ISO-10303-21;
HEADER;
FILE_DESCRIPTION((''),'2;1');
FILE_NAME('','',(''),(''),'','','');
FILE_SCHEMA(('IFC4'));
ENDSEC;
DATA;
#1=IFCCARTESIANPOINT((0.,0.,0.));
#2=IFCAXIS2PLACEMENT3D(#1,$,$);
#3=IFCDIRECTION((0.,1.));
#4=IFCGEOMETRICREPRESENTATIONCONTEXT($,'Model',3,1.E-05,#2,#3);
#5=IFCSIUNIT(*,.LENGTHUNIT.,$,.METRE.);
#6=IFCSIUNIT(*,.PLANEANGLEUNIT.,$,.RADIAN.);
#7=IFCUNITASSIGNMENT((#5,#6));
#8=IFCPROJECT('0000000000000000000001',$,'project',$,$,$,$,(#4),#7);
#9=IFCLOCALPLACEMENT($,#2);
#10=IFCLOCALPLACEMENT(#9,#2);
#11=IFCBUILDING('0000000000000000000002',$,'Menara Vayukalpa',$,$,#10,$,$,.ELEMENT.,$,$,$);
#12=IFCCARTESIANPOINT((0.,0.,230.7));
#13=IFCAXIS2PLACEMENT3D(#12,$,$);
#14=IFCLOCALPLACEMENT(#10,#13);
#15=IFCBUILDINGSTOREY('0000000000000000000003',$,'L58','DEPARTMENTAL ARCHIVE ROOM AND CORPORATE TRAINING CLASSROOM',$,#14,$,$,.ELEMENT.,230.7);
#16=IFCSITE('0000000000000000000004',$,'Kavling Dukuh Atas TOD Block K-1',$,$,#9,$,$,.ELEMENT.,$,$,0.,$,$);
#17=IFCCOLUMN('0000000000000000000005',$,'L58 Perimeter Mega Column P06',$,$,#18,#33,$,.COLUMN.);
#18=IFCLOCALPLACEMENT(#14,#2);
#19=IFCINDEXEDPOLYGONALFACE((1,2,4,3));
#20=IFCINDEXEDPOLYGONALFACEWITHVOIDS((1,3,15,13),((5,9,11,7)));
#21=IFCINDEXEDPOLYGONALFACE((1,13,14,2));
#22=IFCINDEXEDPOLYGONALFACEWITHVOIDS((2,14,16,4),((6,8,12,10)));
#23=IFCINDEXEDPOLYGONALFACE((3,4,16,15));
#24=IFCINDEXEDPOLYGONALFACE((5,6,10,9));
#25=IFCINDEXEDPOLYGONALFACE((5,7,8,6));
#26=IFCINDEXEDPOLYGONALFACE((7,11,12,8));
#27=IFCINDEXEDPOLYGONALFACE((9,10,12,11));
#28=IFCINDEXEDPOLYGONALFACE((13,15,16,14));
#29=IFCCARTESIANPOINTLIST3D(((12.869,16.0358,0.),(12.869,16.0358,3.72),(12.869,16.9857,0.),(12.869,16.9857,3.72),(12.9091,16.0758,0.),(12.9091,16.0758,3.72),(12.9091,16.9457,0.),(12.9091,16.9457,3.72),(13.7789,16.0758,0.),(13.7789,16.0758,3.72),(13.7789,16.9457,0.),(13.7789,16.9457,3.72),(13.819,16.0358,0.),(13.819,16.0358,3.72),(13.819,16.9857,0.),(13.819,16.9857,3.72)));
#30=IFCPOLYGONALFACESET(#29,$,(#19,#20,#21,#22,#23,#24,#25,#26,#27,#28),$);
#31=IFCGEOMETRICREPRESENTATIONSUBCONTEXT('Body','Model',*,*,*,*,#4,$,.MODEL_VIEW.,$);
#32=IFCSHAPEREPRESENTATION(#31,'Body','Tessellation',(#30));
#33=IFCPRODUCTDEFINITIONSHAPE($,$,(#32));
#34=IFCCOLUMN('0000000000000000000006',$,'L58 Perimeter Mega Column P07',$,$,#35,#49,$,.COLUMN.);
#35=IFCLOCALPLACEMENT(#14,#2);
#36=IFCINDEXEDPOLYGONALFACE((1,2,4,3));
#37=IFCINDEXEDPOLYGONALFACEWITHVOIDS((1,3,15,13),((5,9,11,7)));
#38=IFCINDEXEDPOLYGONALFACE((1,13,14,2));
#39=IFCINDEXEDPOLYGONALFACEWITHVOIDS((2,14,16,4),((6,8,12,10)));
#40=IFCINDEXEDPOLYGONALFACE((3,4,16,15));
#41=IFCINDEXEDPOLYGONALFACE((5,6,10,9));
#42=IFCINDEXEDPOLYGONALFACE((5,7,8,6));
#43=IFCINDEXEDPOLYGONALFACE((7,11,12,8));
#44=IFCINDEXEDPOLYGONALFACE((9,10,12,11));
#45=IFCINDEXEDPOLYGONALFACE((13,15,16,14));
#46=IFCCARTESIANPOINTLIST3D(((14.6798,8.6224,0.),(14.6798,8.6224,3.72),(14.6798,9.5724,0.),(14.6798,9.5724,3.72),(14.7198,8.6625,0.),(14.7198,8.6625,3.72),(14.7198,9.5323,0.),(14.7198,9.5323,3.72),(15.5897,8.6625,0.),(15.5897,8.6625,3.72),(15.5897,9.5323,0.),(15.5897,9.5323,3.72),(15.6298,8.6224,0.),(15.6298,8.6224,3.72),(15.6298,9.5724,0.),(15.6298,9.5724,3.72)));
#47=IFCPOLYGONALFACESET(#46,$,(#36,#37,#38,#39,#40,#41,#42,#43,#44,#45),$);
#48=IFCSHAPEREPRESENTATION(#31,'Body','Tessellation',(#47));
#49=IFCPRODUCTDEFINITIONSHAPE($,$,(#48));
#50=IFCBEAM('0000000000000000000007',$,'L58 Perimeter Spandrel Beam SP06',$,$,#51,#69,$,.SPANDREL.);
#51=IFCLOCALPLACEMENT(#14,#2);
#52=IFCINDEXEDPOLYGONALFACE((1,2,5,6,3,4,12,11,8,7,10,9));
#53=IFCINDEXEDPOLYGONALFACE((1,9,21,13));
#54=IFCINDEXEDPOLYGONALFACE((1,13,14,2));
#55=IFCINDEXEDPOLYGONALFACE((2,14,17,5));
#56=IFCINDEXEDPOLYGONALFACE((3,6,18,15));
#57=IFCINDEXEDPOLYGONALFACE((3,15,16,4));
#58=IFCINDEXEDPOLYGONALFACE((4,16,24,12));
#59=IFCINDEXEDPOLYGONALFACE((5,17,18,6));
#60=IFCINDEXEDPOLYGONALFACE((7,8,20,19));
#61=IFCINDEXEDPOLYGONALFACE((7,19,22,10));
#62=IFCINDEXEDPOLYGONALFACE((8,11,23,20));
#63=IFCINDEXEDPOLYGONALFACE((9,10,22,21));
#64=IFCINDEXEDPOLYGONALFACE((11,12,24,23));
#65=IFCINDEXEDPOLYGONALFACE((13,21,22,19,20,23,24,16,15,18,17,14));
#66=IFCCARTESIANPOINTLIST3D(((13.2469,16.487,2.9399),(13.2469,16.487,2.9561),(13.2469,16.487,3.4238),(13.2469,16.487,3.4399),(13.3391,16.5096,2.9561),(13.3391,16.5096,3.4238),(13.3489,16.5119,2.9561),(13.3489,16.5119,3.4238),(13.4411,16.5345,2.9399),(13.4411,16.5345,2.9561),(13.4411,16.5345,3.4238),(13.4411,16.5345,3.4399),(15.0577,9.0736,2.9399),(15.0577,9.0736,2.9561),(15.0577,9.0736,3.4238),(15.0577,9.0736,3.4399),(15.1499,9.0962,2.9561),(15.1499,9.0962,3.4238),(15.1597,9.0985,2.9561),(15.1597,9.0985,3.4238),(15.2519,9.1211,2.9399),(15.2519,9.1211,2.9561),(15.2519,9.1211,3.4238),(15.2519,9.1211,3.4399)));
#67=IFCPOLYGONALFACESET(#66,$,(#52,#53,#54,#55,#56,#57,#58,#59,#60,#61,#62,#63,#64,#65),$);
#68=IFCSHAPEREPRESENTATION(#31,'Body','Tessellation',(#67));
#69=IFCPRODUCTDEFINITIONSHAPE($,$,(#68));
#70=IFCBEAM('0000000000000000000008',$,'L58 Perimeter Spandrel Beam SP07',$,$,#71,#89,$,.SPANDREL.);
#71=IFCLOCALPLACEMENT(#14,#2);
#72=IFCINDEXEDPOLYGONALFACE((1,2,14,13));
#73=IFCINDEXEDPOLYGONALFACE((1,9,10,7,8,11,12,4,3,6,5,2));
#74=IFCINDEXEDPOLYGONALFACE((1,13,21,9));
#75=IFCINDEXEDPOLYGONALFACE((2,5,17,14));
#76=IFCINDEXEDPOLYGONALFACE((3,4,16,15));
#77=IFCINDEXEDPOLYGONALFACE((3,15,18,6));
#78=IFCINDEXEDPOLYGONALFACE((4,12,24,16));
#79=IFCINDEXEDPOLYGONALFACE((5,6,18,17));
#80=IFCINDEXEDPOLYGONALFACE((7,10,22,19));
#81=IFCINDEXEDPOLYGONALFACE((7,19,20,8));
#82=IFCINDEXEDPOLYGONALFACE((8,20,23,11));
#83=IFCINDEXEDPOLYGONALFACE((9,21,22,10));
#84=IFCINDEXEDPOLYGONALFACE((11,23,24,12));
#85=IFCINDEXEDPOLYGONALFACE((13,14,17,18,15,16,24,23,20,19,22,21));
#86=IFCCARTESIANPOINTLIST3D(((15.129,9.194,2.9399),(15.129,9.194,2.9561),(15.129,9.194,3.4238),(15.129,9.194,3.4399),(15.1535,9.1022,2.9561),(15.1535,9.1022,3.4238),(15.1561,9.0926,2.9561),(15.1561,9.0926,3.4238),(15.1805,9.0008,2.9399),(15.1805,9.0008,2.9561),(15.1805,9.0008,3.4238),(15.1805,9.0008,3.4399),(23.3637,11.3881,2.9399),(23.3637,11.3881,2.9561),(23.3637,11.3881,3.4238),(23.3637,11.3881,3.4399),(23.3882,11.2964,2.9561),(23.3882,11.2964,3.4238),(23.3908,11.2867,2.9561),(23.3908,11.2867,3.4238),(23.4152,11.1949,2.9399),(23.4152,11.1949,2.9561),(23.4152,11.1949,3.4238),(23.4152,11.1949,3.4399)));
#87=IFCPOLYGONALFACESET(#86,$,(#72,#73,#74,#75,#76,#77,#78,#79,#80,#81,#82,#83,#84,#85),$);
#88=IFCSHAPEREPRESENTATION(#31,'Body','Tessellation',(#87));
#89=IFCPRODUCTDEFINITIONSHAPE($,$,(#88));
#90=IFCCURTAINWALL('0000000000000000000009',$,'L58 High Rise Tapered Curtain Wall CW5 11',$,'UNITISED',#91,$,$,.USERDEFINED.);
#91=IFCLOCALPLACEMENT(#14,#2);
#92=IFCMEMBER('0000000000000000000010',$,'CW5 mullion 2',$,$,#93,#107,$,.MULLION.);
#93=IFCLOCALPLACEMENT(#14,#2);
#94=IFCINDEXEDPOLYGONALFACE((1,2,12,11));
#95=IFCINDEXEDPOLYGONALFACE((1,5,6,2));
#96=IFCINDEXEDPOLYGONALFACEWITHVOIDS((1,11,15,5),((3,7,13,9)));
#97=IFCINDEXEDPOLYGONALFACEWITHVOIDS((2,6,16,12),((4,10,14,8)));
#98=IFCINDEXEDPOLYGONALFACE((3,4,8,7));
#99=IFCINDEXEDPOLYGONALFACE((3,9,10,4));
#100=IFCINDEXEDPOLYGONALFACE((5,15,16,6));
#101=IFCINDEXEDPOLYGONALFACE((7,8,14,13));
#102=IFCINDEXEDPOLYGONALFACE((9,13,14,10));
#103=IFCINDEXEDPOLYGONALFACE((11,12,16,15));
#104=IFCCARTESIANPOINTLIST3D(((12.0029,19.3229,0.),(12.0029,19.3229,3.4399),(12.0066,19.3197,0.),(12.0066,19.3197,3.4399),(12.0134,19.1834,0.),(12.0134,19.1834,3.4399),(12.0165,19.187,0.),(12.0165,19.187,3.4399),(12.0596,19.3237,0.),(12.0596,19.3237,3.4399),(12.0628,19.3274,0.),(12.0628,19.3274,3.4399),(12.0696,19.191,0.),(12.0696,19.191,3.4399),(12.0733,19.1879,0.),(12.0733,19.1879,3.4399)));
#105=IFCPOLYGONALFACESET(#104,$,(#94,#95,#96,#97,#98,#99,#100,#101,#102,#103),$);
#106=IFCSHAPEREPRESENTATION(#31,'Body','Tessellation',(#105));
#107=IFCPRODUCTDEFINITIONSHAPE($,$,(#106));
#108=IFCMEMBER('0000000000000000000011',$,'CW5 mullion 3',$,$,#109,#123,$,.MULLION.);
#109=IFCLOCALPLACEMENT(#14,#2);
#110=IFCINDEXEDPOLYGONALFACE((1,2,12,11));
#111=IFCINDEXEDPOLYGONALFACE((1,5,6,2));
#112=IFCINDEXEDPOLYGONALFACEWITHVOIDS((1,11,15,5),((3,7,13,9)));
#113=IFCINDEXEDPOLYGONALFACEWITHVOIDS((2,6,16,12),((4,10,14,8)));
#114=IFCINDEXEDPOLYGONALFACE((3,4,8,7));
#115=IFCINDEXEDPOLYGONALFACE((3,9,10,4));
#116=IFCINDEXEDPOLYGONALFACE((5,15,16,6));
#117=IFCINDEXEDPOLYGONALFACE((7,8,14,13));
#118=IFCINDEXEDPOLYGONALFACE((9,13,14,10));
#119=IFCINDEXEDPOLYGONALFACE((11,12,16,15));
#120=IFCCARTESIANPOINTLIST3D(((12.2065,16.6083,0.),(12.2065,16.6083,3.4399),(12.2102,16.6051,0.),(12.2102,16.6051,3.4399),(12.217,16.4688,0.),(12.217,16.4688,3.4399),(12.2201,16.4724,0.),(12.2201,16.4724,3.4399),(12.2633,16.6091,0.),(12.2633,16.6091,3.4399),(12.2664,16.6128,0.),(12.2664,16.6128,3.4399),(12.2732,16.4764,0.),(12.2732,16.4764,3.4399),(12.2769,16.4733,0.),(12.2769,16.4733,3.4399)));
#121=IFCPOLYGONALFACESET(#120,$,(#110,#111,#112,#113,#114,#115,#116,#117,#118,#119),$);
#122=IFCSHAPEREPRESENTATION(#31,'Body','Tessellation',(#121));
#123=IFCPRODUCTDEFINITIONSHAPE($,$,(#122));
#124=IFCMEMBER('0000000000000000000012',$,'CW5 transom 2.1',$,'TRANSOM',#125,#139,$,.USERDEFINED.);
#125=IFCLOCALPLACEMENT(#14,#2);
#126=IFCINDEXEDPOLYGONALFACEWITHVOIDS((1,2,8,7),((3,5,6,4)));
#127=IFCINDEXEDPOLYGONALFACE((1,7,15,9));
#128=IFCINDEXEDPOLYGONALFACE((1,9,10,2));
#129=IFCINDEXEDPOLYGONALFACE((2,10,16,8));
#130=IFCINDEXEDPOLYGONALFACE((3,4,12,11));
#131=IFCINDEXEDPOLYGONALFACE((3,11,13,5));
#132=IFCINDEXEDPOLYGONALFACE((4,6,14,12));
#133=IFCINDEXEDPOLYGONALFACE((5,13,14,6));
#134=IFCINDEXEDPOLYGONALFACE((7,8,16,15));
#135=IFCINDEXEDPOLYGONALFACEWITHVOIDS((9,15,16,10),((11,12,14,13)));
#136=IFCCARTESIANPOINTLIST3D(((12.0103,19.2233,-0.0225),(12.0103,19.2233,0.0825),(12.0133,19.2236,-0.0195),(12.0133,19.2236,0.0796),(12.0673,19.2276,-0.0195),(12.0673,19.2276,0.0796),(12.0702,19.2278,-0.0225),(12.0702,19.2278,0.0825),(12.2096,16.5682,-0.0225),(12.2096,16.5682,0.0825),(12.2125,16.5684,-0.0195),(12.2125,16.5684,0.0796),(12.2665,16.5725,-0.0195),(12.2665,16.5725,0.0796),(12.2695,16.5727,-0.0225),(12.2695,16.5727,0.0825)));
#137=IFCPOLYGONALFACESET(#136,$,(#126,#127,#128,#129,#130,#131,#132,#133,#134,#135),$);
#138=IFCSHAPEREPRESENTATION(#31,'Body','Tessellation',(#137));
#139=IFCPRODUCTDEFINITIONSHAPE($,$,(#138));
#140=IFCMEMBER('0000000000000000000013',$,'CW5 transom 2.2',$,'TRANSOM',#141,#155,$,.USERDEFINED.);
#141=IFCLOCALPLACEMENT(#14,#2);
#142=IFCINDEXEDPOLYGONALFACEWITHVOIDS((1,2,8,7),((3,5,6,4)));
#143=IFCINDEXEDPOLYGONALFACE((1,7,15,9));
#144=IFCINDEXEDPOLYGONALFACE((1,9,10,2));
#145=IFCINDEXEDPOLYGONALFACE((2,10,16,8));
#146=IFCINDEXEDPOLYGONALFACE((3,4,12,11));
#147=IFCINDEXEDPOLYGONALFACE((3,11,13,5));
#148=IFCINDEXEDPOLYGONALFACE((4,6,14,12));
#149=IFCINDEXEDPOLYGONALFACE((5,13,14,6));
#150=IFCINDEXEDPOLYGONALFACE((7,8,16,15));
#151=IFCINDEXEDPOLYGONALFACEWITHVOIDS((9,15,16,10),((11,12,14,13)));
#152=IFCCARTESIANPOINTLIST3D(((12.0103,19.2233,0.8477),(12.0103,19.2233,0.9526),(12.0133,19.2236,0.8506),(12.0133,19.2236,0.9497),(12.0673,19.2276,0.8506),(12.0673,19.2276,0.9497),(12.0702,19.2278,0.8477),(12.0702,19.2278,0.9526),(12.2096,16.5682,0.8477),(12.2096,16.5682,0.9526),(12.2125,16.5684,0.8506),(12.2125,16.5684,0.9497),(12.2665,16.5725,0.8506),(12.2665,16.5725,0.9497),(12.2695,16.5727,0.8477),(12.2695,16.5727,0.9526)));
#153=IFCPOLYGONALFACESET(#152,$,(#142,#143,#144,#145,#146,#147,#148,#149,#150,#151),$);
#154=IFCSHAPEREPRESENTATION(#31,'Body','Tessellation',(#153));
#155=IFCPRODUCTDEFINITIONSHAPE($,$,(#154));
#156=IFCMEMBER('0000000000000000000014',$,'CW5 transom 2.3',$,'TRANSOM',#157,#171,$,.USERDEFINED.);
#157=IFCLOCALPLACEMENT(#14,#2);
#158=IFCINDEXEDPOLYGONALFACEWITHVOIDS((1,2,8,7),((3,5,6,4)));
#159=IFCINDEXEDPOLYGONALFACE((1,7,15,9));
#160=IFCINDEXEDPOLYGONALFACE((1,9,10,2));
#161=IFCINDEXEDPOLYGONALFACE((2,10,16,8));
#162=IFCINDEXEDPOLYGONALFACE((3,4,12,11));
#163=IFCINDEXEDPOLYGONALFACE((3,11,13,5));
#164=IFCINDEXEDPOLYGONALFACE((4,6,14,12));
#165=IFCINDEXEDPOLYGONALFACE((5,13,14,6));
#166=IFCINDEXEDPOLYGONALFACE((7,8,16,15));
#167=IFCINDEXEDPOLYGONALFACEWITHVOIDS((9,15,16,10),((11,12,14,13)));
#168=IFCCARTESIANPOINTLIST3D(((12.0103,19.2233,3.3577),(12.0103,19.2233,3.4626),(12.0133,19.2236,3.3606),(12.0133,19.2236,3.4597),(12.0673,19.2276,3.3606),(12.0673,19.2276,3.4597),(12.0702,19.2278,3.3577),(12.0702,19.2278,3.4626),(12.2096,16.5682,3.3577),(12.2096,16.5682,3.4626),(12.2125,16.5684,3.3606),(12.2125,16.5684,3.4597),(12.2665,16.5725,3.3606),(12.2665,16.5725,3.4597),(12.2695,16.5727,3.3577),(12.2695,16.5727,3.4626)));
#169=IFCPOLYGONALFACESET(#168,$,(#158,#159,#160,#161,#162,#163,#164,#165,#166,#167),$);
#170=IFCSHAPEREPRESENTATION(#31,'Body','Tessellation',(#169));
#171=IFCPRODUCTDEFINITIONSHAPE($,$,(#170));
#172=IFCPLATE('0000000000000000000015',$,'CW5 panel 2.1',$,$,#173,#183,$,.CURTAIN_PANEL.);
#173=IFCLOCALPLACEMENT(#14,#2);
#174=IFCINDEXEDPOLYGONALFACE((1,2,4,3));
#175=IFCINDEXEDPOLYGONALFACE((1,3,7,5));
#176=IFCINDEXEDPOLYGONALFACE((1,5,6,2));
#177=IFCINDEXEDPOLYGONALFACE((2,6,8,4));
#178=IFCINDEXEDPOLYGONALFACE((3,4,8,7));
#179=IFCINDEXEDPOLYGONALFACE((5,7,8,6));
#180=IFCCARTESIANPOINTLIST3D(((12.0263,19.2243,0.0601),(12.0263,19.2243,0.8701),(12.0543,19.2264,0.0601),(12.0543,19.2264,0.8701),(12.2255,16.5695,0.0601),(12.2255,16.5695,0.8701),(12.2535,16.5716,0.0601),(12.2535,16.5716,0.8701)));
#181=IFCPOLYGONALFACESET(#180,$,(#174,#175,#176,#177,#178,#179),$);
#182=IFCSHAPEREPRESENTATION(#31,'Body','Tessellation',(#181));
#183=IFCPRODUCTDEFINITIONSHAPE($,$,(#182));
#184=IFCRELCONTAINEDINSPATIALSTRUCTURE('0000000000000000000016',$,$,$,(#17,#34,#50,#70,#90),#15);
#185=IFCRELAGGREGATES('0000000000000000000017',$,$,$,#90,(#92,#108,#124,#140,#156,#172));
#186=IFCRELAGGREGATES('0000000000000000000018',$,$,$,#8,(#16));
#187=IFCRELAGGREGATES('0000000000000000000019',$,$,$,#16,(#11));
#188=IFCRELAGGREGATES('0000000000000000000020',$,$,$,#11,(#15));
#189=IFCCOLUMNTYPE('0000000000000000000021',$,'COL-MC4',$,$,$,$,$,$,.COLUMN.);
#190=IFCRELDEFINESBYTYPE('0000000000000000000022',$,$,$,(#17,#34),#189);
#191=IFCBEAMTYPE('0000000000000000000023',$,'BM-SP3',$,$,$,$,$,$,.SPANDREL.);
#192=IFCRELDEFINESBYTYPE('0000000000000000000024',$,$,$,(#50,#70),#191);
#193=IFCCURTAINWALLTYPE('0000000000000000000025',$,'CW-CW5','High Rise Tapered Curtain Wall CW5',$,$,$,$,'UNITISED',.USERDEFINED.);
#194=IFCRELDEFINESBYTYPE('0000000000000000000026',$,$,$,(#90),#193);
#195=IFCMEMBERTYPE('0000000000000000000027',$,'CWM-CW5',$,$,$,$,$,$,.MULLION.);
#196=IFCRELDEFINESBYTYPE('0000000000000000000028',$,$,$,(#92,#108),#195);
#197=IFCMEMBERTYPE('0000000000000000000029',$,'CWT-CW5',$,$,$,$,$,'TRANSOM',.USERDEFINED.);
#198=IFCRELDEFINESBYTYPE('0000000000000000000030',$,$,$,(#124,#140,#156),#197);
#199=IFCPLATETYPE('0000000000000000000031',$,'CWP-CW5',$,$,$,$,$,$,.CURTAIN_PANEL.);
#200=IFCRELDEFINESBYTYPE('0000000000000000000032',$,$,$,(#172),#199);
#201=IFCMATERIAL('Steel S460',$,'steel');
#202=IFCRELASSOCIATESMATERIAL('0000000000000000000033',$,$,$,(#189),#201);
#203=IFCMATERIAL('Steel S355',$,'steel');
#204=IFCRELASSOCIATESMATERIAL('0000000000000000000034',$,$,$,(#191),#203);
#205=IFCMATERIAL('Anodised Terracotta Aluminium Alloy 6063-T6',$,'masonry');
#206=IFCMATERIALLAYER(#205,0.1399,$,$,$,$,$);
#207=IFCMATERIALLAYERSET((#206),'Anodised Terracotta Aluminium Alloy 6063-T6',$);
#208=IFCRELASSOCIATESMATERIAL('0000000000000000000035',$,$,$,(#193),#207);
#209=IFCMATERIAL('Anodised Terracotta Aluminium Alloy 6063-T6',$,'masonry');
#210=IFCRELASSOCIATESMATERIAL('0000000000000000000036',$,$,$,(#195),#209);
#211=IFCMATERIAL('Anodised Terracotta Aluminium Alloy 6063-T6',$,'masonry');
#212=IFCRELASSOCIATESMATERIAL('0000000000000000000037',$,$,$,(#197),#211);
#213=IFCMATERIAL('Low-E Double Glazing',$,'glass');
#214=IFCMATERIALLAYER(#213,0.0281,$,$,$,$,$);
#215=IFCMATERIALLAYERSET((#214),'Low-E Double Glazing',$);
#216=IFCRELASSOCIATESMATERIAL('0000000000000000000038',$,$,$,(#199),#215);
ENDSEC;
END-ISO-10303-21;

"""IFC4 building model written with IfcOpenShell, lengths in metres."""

from ifc_helpers import new_model, si_unit, direction, frame, origin, origin_2d, place, context, subcontext, project, spatial, rectangle, hollow_rectangle, i_section, extrude, material, layer, layer_set, material_profile, profile_set, type_object, element, aggregate, save


model = new_model("IFC4")

# Units and contexts
model_context = context("Model", 3, precision=1e-05, world=origin(), true_north=direction((0.0, 1.0)))
body_context = subcontext(model_context, "Body", "Model", "MODEL_VIEW")
ifc_project = project(units=[si_unit("LENGTHUNIT", "METRE"), si_unit("PLANEANGLEUNIT", "RADIAN")], contexts=[model_context])

# Site, building, storey
site_placement = place(None, origin())
site = spatial("IfcSite", under=ifc_project, at=site_placement, Name="Kavling Dukuh Atas TOD Block K-1", CompositionType="ELEMENT", RefElevation=0.0)
building_placement = place(site_placement, origin())
building = spatial("IfcBuilding", under=site, at=building_placement, Name="Menara Vayukalpa", CompositionType="ELEMENT")
storey_placement = place(building_placement, frame((0.0, 0.0, 230.7)))
storey = spatial("IfcBuildingStorey", under=building, at=storey_placement, Name="L58", Description="DEPARTMENTAL ARCHIVE ROOM AND CORPORATE TRAINING CLASSROOM", CompositionType="ELEMENT", Elevation=230.7)

# Columns
ifc_material_1 = material(Name="Steel S460", Category="steel")
ifc_material_profile_1 = material_profile(ifc_material_1, hollow_rectangle(XDim=0.95, YDim=0.95, WallThickness=0.04, at=origin_2d()), Name="BOX 950x950x40")
ifc_profile_set_1 = profile_set([ifc_material_profile_1], Name="Steel S460")
column_type = type_object("IfcColumnType", Name="COL-MC4", PredefinedType="COLUMN", material=ifc_profile_set_1)
for number, where, z_axis, x_axis, name in (
    (1, (13.344, 16.5107, 0.0), (0.0, 0.0, 1.0), (1.0, 0.0, 0.0), "L58 Perimeter Mega Column P06"),
    (2, (15.1548, 9.0974, 0.0), (0.0, 0.0, 1.0), (1.0, 0.0, 0.0), "L58 Perimeter Mega Column P07"),
):
    element("IfcColumn", number, at=place(storey_placement, frame(where, z_axis=z_axis, x_axis=x_axis)), inside=storey, type_object=column_type, Name=name, PredefinedType="COLUMN", context=body_context, shape_type="SweptSolid", body=[
        extrude(hollow_rectangle(XDim=0.95, YDim=0.95, WallThickness=0.04, at=origin_2d()), origin(), (0.0, 0.0, 1.0), 3.72),
    ])

# Beams
ifc_material_2 = material(Name="Steel S355", Category="steel")
ifc_material_profile_2 = material_profile(ifc_material_2, i_section(OverallWidth=0.2, OverallDepth=0.5, WebThickness=0.01, FlangeThickness=0.0161, at=origin_2d()), Name="WF 500x200x10x16")
ifc_profile_set_2 = profile_set([ifc_material_profile_2], Name="Steel S355")
beam_type = type_object("IfcBeamType", Name="BM-SP3", PredefinedType="SPANDREL", material=ifc_profile_set_2)
beam_1_placement = place(storey_placement, frame((13.344, 16.5107, 3.1899), z_axis=(0.237285, -0.97144, 0.0), x_axis=(0.97144, 0.237285, 0.0)))
element("IfcBeam", 3, at=beam_1_placement, inside=storey, type_object=beam_type, Name="L58 Perimeter Spandrel Beam SP06", PredefinedType="SPANDREL", context=body_context, shape_type="SweptSolid", body=[
    extrude(i_section(OverallWidth=0.2, OverallDepth=0.5, WebThickness=0.01, FlangeThickness=0.0161, at=origin_2d()), origin(), (0.0, 0.0, 1.0), 7.6313),
])
beam_2_placement = place(storey_placement, frame((15.1548, 9.0974, 3.1899), z_axis=(0.966288, 0.257465, 0.0), x_axis=(-0.257465, 0.966288, 0.0)))
element("IfcBeam", 4, at=beam_2_placement, inside=storey, type_object=beam_type, Name="L58 Perimeter Spandrel Beam SP07", PredefinedType="SPANDREL", context=body_context, shape_type="SweptSolid", body=[
    extrude(i_section(OverallWidth=0.2, OverallDepth=0.5, WebThickness=0.01, FlangeThickness=0.0161, at=origin_2d()), origin(), (0.0, 0.0, 1.0), 8.522),
])

# Curtain wall, members, plate
ifc_material_3 = material(Name="Anodised Terracotta Aluminium Alloy 6063-T6", Category="masonry")
ifc_layer_1 = layer(ifc_material_3, 0.1399)
ifc_layer_set_1 = layer_set([ifc_layer_1], Name="Anodised Terracotta Aluminium Alloy 6063-T6")
curtain_wall_type = type_object("IfcCurtainWallType", Name="CW-CW5", Description="High Rise Tapered Curtain Wall CW5", ElementType="UNITISED", PredefinedType="USERDEFINED", material=ifc_layer_set_1)
curtain_wall_placement = place(storey_placement, origin())
curtain_wall = element("IfcCurtainWall", 5, at=curtain_wall_placement, inside=storey, type_object=curtain_wall_type, Name="L58 High Rise Tapered Curtain Wall CW5 11", ObjectType="UNITISED", PredefinedType="USERDEFINED")
ifc_material_4 = material(Name="Anodised Terracotta Aluminium Alloy 6063-T6", Category="masonry")
ifc_material_profile_3 = material_profile(ifc_material_4, hollow_rectangle(XDim=0.0601, YDim=0.1399, WallThickness=0.0034, at=origin_2d()), Name="ALU 60x140x3.5")
ifc_profile_set_3 = profile_set([ifc_material_profile_3], Name="Anodised Terracotta Aluminium Alloy 6063-T6")
member_type_1 = type_object("IfcMemberType", Name="CWM-CW5", PredefinedType="MULLION", material=ifc_profile_set_3)
member_1_placement = place(storey_placement, frame((12.0381, 19.2554, 0.0), z_axis=(0.0, 0.0, 1.0), x_axis=(0.997199, 0.074792, 0.0)))
member_1 = element("IfcMember", 6, at=member_1_placement, type_object=member_type_1, Name="CW5 mullion 2", PredefinedType="MULLION", context=body_context, shape_type="SweptSolid", body=[
    extrude(hollow_rectangle(XDim=0.0601, YDim=0.1399, WallThickness=0.0034, at=origin_2d()), origin(), (0.0, 0.0, 1.0), 3.4399),
])
member_2_placement = place(storey_placement, frame((12.2417, 16.5408, 0.0), z_axis=(0.0, 0.0, 1.0), x_axis=(0.997199, 0.074792, 0.0)))
member_2 = element("IfcMember", 7, at=member_2_placement, type_object=member_type_1, Name="CW5 mullion 3", PredefinedType="MULLION", context=body_context, shape_type="SweptSolid", body=[
    extrude(hollow_rectangle(XDim=0.0601, YDim=0.1399, WallThickness=0.0034, at=origin_2d()), origin(), (0.0, 0.0, 1.0), 3.4399),
])
ifc_material_5 = material(Name="Anodised Terracotta Aluminium Alloy 6063-T6", Category="masonry")
ifc_material_profile_4 = material_profile(ifc_material_5, hollow_rectangle(XDim=0.0601, YDim=0.105, WallThickness=0.0029, at=origin_2d()), Name="ALU 60x105x3")
ifc_profile_set_4 = profile_set([ifc_material_profile_4], Name="Anodised Terracotta Aluminium Alloy 6063-T6")
member_type_2 = type_object("IfcMemberType", Name="CWT-CW5", ElementType="TRANSOM", PredefinedType="USERDEFINED", material=ifc_profile_set_4)
member_3_placement = place(storey_placement, frame((12.0403, 19.2256, 0.03), z_axis=(0.074824, -0.997197, 0.0), x_axis=(0.997197, 0.074824, 0.0)))
member_3 = element("IfcMember", 8, at=member_3_placement, type_object=member_type_2, Name="CW5 transom 2.1", ObjectType="TRANSOM", PredefinedType="USERDEFINED", context=body_context, shape_type="SweptSolid", body=[
    extrude(hollow_rectangle(XDim=0.0601, YDim=0.105, WallThickness=0.0029, at=origin_2d()), origin(), (0.0, 0.0, 1.0), 2.6626),
])
member_4_placement = place(storey_placement, frame((12.0403, 19.2256, 0.9001), z_axis=(0.074824, -0.997197, 0.0), x_axis=(0.997197, 0.074824, 0.0)))
member_4 = element("IfcMember", 9, at=member_4_placement, type_object=member_type_2, Name="CW5 transom 2.2", ObjectType="TRANSOM", PredefinedType="USERDEFINED", context=body_context, shape_type="SweptSolid", body=[
    extrude(hollow_rectangle(XDim=0.0601, YDim=0.105, WallThickness=0.0029, at=origin_2d()), origin(), (0.0, 0.0, 1.0), 2.6626),
])
member_5_placement = place(storey_placement, frame((12.0403, 19.2256, 3.4102), z_axis=(0.074824, -0.997197, 0.0), x_axis=(0.997197, 0.074824, 0.0)))
member_5 = element("IfcMember", 10, at=member_5_placement, type_object=member_type_2, Name="CW5 transom 2.3", ObjectType="TRANSOM", PredefinedType="USERDEFINED", context=body_context, shape_type="SweptSolid", body=[
    extrude(hollow_rectangle(XDim=0.0601, YDim=0.105, WallThickness=0.0029, at=origin_2d()), origin(), (0.0, 0.0, 1.0), 2.6626),
])
ifc_material_6 = material(Name="Low-E Double Glazing", Category="glass")
ifc_layer_2 = layer(ifc_material_6, 0.0281)
ifc_layer_set_2 = layer_set([ifc_layer_2], Name="Low-E Double Glazing")
plate_type = type_object("IfcPlateType", Name="CWP-CW5", PredefinedType="CURTAIN_PANEL", material=ifc_layer_set_2)
plate_1_placement = place(storey_placement, frame((12.1399, 17.8979, 0.0601), z_axis=(0.0, 0.0, 1.0), x_axis=(0.074792, -0.997199, 0.0)))
plate_1 = element("IfcPlate", 11, at=plate_1_placement, type_object=plate_type, Name="CW5 panel 2.1", PredefinedType="CURTAIN_PANEL", context=body_context, shape_type="SweptSolid", body=[
    extrude(rectangle(XDim=2.6624, YDim=0.0281, at=origin_2d()), origin(), (0.0, 0.0, 1.0), 0.8101),
])
aggregate(curtain_wall, [member_1, member_2, member_3, member_4, member_5, plate_1])

save(model, "model.ifc")
